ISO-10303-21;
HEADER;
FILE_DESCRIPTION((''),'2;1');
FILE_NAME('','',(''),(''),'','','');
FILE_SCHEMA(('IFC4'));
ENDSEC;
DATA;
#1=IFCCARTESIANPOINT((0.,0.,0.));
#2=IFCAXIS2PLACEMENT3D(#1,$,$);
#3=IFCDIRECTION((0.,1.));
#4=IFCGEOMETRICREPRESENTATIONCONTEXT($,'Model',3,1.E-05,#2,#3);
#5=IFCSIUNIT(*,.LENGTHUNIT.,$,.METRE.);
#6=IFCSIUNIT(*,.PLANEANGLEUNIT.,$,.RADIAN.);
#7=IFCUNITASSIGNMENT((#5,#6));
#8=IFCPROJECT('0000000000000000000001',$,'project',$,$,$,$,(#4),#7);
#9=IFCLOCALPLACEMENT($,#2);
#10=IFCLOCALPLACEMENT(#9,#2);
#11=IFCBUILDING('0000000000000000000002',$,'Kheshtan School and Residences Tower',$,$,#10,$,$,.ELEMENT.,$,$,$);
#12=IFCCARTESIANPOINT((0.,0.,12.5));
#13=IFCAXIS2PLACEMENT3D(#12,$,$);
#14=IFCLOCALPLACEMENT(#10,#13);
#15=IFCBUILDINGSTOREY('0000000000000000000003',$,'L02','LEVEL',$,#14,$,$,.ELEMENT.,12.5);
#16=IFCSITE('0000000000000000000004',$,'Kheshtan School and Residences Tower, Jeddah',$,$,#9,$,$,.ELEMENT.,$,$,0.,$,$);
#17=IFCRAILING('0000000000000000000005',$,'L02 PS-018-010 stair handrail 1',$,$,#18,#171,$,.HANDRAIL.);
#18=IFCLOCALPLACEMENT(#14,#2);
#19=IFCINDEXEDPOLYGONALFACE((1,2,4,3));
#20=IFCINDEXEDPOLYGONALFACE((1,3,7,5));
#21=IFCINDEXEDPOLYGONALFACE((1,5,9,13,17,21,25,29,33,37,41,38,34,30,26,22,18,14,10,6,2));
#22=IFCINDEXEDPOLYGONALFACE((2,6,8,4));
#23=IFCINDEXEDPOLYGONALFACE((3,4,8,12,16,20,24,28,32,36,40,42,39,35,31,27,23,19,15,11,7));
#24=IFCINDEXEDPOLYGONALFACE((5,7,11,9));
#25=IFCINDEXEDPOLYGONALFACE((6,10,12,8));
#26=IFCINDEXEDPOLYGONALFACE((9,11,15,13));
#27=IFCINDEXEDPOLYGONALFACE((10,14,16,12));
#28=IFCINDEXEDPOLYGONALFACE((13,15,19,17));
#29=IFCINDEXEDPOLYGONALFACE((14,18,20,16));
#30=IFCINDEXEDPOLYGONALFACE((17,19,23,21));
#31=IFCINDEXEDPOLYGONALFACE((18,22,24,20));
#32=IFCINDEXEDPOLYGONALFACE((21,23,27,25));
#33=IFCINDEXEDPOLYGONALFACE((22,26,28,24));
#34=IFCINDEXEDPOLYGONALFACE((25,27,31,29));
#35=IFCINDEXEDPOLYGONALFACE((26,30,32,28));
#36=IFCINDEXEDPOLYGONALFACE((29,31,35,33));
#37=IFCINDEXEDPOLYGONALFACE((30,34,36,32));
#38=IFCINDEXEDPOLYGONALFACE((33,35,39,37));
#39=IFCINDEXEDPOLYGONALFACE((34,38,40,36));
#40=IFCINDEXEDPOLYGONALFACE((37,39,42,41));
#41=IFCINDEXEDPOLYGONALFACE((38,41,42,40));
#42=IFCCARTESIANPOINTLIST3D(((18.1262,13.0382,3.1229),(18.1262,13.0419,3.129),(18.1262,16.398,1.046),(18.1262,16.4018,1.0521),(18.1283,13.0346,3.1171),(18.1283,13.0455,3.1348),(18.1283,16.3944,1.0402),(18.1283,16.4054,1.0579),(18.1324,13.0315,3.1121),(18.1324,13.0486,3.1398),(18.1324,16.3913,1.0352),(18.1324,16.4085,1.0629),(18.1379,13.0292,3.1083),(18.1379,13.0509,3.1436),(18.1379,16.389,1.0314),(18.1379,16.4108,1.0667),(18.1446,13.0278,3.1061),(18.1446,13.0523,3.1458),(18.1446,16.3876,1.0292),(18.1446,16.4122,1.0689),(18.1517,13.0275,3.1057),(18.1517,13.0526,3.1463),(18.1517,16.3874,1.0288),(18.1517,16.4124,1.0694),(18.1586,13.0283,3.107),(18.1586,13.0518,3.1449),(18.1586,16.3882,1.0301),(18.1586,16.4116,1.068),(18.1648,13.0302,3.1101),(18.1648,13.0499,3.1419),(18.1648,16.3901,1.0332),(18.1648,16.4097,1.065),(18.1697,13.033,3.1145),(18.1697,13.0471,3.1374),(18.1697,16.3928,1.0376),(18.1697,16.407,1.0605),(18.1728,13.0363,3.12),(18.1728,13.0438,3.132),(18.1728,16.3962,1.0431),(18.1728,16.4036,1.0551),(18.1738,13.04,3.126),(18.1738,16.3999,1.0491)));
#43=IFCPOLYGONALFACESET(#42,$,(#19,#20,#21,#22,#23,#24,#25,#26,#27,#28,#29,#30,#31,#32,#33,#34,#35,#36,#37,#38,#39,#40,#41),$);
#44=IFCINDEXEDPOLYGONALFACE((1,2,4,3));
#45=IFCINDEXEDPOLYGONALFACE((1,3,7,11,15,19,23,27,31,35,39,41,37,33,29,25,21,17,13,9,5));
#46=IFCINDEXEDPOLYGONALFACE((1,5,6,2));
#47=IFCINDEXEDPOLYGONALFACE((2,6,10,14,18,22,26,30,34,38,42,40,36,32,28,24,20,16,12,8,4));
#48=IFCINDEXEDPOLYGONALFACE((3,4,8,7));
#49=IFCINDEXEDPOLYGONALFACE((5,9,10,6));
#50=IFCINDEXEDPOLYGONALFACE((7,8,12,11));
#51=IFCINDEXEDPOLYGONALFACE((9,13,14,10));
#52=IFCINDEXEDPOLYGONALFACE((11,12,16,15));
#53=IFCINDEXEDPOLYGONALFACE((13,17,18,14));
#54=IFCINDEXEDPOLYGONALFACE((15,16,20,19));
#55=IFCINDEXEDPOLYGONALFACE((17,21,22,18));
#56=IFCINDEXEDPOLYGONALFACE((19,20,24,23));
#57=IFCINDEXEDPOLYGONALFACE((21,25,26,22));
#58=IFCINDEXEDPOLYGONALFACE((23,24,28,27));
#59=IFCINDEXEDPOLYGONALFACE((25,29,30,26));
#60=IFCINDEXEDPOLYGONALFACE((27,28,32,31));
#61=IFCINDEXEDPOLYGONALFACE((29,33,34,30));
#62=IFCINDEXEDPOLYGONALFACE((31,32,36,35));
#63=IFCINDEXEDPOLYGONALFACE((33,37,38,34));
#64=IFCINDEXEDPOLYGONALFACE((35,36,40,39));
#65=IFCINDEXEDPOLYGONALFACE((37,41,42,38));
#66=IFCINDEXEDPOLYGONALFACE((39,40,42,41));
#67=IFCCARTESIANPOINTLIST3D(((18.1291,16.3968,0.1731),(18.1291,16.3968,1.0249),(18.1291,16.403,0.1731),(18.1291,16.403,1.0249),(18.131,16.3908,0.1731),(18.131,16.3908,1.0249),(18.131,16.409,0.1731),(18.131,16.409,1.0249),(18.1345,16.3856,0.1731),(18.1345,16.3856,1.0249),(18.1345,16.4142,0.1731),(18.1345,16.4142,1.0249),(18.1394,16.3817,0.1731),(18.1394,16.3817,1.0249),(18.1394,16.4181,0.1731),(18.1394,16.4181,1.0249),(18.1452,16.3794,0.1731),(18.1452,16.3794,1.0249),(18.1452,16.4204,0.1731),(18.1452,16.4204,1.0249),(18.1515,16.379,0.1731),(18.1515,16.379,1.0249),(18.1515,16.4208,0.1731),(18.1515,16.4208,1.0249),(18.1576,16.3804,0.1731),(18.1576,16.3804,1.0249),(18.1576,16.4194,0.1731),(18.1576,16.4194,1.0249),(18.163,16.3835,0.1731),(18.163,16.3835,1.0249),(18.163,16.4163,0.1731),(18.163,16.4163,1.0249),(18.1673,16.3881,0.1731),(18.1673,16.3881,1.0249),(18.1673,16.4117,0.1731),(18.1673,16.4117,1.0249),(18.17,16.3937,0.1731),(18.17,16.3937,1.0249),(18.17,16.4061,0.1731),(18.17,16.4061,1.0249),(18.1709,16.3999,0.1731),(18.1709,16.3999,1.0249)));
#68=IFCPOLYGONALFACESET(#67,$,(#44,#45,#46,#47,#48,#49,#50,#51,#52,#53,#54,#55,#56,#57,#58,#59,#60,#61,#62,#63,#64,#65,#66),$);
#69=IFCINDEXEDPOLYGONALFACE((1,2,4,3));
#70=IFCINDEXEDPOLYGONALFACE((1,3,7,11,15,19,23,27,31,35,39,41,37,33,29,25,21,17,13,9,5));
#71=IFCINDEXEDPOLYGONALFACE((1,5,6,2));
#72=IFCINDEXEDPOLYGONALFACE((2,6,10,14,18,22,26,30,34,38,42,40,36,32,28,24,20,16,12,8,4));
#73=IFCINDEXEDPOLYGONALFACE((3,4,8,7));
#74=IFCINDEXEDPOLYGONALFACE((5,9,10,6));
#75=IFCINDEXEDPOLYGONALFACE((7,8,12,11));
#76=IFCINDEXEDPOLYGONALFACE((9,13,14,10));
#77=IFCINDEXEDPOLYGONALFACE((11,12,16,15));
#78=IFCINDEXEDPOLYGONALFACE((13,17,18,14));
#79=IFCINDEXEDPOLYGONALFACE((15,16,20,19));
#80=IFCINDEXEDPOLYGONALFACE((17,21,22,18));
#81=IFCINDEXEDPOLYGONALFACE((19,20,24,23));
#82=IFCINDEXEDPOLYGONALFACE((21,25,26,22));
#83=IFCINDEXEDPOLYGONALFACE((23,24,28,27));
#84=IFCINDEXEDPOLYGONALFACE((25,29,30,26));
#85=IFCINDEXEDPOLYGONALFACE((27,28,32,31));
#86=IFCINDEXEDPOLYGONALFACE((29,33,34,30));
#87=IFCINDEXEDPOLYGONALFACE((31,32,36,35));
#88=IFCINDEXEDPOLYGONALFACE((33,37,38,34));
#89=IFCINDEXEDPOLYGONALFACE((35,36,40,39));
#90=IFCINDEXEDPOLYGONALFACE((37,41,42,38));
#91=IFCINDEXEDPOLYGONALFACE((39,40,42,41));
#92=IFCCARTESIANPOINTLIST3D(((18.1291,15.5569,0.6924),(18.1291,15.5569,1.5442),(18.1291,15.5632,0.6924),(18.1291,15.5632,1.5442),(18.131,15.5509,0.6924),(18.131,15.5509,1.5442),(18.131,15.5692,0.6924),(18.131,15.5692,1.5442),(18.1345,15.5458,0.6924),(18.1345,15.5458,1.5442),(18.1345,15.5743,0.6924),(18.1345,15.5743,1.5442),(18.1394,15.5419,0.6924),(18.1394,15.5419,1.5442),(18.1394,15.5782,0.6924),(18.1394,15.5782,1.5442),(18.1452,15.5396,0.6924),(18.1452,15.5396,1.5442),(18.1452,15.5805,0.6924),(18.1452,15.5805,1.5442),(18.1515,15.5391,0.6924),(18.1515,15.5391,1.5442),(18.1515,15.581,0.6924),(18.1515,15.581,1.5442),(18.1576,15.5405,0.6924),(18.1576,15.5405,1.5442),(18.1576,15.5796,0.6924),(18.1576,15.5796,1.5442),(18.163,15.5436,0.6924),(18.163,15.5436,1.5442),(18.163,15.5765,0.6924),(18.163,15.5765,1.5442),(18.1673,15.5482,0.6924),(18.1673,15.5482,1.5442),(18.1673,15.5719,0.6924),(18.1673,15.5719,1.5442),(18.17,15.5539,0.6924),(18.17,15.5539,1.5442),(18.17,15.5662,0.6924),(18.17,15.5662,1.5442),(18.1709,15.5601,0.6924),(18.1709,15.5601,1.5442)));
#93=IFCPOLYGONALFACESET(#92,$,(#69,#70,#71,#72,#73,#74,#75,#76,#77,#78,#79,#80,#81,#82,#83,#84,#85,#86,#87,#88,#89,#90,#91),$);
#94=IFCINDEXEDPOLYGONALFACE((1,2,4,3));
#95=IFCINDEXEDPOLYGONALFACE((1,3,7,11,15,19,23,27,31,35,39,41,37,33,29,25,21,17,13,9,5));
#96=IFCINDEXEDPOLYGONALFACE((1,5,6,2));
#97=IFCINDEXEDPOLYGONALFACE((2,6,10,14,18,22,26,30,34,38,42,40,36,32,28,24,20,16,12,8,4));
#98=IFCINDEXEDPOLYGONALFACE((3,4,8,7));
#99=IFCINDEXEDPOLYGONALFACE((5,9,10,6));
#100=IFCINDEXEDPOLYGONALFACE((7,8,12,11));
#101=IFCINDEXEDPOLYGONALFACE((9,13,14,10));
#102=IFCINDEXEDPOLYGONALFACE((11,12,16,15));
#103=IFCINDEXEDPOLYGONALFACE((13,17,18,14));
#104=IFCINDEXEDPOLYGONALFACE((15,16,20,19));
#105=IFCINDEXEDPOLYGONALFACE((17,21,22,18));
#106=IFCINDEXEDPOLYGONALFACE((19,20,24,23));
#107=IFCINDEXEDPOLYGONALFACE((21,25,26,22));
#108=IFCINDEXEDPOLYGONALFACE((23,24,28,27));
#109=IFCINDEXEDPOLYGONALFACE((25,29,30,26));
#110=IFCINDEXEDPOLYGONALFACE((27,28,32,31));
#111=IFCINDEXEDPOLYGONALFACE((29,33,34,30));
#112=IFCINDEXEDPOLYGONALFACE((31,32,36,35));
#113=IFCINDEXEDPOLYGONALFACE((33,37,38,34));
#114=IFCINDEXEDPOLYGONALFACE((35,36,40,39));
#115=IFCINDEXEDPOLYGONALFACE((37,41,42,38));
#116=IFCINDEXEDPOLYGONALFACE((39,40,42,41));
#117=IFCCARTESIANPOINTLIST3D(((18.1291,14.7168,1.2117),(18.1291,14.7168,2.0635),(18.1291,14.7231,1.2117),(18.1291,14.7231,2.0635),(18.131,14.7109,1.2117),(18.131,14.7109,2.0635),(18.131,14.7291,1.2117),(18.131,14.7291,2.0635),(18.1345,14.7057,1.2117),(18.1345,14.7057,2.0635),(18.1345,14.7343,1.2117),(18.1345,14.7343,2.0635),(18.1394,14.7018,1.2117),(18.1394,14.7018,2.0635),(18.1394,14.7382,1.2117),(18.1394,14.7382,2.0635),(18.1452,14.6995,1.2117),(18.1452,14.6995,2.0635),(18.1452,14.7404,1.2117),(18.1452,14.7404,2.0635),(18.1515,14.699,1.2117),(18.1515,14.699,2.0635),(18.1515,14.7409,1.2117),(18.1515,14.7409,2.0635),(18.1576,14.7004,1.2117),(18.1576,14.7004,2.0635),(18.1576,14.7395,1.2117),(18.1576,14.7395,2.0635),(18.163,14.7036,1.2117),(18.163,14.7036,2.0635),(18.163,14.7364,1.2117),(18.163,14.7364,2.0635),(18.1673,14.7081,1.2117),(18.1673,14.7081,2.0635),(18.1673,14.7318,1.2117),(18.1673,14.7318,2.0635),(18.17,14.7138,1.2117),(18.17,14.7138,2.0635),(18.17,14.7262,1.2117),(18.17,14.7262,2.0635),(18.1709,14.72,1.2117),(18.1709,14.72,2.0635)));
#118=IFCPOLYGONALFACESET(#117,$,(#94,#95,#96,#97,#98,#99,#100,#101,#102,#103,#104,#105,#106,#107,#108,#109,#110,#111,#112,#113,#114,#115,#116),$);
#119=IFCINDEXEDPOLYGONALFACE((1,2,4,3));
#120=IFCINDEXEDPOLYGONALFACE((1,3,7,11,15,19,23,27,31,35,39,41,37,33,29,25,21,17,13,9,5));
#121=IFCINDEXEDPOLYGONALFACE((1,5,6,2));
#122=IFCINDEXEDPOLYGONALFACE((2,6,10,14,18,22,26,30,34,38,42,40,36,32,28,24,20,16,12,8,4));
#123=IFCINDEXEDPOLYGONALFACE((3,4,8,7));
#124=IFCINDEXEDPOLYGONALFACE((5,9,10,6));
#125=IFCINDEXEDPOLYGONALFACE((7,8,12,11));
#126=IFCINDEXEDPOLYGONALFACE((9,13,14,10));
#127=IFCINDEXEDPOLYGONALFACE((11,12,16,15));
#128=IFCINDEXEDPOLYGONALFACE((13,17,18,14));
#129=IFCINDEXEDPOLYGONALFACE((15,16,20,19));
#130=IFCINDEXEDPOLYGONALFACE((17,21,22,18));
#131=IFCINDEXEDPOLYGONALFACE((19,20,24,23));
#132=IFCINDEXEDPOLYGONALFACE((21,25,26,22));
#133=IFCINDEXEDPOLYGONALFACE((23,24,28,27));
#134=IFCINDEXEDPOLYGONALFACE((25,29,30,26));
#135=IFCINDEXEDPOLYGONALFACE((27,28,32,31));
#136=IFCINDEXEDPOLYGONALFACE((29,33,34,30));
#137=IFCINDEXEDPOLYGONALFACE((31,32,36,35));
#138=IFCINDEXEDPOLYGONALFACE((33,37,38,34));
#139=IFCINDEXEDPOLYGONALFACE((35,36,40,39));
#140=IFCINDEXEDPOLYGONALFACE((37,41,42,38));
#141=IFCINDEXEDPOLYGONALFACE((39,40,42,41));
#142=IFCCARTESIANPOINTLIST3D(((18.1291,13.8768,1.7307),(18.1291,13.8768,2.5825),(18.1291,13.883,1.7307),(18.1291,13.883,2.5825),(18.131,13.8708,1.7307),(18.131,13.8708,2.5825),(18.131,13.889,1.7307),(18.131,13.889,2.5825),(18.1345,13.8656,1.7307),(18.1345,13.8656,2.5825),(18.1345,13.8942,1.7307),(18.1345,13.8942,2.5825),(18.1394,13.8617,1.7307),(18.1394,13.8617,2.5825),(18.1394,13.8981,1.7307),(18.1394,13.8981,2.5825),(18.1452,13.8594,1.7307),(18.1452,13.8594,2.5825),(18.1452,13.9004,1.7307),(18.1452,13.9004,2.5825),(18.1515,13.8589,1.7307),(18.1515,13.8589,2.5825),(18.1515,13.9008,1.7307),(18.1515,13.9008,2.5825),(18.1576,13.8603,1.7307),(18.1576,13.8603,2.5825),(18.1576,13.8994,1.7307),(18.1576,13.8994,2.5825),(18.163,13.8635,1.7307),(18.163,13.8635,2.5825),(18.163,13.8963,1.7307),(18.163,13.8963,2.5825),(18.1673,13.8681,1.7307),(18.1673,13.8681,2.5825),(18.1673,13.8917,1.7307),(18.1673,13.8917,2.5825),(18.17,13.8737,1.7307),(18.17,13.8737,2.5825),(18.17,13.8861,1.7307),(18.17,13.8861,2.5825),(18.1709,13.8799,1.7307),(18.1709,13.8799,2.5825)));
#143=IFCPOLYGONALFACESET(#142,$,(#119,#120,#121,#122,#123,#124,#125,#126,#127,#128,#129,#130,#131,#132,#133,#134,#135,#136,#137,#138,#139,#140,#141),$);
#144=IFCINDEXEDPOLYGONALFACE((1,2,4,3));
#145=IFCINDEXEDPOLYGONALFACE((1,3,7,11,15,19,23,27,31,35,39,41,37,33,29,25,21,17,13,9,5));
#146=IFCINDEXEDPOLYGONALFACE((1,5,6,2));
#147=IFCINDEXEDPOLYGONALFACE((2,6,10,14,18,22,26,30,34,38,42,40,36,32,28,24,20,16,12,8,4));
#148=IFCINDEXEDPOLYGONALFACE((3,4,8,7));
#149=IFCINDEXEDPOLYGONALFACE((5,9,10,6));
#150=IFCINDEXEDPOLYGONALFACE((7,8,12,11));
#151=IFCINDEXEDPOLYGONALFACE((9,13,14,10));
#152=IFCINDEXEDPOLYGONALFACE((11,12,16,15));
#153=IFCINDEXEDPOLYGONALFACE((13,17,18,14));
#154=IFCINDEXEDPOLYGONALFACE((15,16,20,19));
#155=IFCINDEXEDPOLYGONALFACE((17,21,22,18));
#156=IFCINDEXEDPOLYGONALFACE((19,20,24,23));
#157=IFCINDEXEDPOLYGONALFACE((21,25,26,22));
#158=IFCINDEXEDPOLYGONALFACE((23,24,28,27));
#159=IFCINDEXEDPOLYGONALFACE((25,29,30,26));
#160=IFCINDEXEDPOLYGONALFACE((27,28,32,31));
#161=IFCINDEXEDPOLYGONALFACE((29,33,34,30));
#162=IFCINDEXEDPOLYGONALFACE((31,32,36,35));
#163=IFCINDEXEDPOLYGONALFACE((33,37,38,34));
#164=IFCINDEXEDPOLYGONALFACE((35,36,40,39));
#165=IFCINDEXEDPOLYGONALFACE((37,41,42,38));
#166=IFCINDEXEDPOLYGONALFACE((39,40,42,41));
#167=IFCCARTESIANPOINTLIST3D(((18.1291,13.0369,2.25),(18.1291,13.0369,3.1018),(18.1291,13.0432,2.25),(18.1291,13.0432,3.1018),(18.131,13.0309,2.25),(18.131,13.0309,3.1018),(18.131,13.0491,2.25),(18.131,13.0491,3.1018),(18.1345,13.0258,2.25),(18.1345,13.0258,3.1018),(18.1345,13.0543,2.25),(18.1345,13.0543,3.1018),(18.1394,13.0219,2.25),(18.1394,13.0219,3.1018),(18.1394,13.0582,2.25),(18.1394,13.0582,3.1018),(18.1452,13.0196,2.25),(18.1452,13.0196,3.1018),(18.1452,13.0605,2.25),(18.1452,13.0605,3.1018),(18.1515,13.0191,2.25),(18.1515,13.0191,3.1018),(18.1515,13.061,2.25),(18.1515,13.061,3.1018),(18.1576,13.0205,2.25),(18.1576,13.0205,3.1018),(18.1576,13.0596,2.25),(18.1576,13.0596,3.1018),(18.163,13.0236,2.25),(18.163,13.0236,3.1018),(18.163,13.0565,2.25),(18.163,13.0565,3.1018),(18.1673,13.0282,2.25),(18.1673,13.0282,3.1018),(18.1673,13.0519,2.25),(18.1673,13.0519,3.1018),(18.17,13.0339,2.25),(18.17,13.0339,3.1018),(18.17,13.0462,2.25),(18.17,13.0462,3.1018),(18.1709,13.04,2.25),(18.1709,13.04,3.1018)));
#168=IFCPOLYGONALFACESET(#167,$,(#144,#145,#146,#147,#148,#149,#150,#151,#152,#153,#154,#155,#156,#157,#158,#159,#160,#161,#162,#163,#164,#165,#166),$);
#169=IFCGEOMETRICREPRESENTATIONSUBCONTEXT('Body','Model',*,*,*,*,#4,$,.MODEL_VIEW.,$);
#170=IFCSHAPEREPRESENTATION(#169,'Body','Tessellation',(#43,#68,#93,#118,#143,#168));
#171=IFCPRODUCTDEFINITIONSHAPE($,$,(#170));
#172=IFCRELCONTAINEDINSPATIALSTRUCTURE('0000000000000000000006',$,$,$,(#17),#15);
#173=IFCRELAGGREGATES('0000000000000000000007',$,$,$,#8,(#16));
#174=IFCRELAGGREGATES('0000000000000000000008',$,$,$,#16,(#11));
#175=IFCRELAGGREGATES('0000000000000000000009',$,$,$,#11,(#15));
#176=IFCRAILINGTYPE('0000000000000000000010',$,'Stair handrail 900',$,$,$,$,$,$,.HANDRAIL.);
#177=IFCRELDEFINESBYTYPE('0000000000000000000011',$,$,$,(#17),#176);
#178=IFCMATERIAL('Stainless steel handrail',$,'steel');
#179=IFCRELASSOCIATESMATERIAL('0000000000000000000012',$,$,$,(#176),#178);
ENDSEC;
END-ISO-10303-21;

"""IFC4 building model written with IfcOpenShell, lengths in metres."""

from ifc_helpers import new_model, si_unit, direction, frame, origin, origin_2d, place, context, subcontext, project, spatial, circle, extrude, material, type_object, element, save


model = new_model("IFC4")

# Units and contexts
model_context = context("Model", 3, precision=1e-05, world=origin(), true_north=direction((0.0, 1.0)))
body_context = subcontext(model_context, "Body", "Model", "MODEL_VIEW")
ifc_project = project(units=[si_unit("LENGTHUNIT", "METRE"), si_unit("PLANEANGLEUNIT", "RADIAN")], contexts=[model_context])

# Site, building, storey
site_placement = place(None, origin())
site = spatial("IfcSite", under=ifc_project, at=site_placement, Name="Kheshtan School and Residences Tower, Jeddah", CompositionType="ELEMENT", RefElevation=0.0)
building_placement = place(site_placement, origin())
building = spatial("IfcBuilding", under=site, at=building_placement, Name="Kheshtan School and Residences Tower", CompositionType="ELEMENT")
storey_placement = place(building_placement, frame((0.0, 0.0, 12.5)))
storey = spatial("IfcBuildingStorey", under=building, at=storey_placement, Name="L02", Description="LEVEL", CompositionType="ELEMENT", Elevation=12.5)

# Railing
ifc_material_1 = material(Name="Stainless steel handrail", Category="steel")
railing_type_1 = type_object("IfcRailingType", Name="Stair handrail 900", PredefinedType="HANDRAIL", material=ifc_material_1)
railing_1_placement = place(storey_placement, frame((18.1499, 16.3999, 0.1731)))
element("IfcRailing", 1, at=railing_1_placement, inside=storey, type_object=railing_type_1, Name="L02 PS-018-010 stair handrail 1", PredefinedType="HANDRAIL", context=body_context, shape_type="SweptSolid", body=[
    extrude(circle(Radius=0.0239, at=origin_2d()), frame((0.0, 0.0, 0.876), z_axis=(0.0, -0.850606, 0.525803), x_axis=(1.0, 0.0, 0.0)), (0.0, 0.0, 1.0), 3.95),
    extrude(circle(Radius=0.021, at=origin_2d()), origin(), (0.0, 0.0, 1.0), 0.8518),
    extrude(circle(Radius=0.021, at=origin_2d()), frame((0.0, -0.8398, 0.5193)), (0.0, 0.0, 1.0), 0.8518),
    extrude(circle(Radius=0.021, at=origin_2d()), frame((0.0, -1.6799, 1.0386)), (0.0, 0.0, 1.0), 0.8518),
    extrude(circle(Radius=0.021, at=origin_2d()), frame((0.0, -2.52, 1.5576)), (0.0, 0.0, 1.0), 0.8518),
    extrude(circle(Radius=0.021, at=origin_2d()), frame((0.0, -3.3599, 2.0769)), (0.0, 0.0, 1.0), 0.8518),
])

save(model, "model.ifc")
